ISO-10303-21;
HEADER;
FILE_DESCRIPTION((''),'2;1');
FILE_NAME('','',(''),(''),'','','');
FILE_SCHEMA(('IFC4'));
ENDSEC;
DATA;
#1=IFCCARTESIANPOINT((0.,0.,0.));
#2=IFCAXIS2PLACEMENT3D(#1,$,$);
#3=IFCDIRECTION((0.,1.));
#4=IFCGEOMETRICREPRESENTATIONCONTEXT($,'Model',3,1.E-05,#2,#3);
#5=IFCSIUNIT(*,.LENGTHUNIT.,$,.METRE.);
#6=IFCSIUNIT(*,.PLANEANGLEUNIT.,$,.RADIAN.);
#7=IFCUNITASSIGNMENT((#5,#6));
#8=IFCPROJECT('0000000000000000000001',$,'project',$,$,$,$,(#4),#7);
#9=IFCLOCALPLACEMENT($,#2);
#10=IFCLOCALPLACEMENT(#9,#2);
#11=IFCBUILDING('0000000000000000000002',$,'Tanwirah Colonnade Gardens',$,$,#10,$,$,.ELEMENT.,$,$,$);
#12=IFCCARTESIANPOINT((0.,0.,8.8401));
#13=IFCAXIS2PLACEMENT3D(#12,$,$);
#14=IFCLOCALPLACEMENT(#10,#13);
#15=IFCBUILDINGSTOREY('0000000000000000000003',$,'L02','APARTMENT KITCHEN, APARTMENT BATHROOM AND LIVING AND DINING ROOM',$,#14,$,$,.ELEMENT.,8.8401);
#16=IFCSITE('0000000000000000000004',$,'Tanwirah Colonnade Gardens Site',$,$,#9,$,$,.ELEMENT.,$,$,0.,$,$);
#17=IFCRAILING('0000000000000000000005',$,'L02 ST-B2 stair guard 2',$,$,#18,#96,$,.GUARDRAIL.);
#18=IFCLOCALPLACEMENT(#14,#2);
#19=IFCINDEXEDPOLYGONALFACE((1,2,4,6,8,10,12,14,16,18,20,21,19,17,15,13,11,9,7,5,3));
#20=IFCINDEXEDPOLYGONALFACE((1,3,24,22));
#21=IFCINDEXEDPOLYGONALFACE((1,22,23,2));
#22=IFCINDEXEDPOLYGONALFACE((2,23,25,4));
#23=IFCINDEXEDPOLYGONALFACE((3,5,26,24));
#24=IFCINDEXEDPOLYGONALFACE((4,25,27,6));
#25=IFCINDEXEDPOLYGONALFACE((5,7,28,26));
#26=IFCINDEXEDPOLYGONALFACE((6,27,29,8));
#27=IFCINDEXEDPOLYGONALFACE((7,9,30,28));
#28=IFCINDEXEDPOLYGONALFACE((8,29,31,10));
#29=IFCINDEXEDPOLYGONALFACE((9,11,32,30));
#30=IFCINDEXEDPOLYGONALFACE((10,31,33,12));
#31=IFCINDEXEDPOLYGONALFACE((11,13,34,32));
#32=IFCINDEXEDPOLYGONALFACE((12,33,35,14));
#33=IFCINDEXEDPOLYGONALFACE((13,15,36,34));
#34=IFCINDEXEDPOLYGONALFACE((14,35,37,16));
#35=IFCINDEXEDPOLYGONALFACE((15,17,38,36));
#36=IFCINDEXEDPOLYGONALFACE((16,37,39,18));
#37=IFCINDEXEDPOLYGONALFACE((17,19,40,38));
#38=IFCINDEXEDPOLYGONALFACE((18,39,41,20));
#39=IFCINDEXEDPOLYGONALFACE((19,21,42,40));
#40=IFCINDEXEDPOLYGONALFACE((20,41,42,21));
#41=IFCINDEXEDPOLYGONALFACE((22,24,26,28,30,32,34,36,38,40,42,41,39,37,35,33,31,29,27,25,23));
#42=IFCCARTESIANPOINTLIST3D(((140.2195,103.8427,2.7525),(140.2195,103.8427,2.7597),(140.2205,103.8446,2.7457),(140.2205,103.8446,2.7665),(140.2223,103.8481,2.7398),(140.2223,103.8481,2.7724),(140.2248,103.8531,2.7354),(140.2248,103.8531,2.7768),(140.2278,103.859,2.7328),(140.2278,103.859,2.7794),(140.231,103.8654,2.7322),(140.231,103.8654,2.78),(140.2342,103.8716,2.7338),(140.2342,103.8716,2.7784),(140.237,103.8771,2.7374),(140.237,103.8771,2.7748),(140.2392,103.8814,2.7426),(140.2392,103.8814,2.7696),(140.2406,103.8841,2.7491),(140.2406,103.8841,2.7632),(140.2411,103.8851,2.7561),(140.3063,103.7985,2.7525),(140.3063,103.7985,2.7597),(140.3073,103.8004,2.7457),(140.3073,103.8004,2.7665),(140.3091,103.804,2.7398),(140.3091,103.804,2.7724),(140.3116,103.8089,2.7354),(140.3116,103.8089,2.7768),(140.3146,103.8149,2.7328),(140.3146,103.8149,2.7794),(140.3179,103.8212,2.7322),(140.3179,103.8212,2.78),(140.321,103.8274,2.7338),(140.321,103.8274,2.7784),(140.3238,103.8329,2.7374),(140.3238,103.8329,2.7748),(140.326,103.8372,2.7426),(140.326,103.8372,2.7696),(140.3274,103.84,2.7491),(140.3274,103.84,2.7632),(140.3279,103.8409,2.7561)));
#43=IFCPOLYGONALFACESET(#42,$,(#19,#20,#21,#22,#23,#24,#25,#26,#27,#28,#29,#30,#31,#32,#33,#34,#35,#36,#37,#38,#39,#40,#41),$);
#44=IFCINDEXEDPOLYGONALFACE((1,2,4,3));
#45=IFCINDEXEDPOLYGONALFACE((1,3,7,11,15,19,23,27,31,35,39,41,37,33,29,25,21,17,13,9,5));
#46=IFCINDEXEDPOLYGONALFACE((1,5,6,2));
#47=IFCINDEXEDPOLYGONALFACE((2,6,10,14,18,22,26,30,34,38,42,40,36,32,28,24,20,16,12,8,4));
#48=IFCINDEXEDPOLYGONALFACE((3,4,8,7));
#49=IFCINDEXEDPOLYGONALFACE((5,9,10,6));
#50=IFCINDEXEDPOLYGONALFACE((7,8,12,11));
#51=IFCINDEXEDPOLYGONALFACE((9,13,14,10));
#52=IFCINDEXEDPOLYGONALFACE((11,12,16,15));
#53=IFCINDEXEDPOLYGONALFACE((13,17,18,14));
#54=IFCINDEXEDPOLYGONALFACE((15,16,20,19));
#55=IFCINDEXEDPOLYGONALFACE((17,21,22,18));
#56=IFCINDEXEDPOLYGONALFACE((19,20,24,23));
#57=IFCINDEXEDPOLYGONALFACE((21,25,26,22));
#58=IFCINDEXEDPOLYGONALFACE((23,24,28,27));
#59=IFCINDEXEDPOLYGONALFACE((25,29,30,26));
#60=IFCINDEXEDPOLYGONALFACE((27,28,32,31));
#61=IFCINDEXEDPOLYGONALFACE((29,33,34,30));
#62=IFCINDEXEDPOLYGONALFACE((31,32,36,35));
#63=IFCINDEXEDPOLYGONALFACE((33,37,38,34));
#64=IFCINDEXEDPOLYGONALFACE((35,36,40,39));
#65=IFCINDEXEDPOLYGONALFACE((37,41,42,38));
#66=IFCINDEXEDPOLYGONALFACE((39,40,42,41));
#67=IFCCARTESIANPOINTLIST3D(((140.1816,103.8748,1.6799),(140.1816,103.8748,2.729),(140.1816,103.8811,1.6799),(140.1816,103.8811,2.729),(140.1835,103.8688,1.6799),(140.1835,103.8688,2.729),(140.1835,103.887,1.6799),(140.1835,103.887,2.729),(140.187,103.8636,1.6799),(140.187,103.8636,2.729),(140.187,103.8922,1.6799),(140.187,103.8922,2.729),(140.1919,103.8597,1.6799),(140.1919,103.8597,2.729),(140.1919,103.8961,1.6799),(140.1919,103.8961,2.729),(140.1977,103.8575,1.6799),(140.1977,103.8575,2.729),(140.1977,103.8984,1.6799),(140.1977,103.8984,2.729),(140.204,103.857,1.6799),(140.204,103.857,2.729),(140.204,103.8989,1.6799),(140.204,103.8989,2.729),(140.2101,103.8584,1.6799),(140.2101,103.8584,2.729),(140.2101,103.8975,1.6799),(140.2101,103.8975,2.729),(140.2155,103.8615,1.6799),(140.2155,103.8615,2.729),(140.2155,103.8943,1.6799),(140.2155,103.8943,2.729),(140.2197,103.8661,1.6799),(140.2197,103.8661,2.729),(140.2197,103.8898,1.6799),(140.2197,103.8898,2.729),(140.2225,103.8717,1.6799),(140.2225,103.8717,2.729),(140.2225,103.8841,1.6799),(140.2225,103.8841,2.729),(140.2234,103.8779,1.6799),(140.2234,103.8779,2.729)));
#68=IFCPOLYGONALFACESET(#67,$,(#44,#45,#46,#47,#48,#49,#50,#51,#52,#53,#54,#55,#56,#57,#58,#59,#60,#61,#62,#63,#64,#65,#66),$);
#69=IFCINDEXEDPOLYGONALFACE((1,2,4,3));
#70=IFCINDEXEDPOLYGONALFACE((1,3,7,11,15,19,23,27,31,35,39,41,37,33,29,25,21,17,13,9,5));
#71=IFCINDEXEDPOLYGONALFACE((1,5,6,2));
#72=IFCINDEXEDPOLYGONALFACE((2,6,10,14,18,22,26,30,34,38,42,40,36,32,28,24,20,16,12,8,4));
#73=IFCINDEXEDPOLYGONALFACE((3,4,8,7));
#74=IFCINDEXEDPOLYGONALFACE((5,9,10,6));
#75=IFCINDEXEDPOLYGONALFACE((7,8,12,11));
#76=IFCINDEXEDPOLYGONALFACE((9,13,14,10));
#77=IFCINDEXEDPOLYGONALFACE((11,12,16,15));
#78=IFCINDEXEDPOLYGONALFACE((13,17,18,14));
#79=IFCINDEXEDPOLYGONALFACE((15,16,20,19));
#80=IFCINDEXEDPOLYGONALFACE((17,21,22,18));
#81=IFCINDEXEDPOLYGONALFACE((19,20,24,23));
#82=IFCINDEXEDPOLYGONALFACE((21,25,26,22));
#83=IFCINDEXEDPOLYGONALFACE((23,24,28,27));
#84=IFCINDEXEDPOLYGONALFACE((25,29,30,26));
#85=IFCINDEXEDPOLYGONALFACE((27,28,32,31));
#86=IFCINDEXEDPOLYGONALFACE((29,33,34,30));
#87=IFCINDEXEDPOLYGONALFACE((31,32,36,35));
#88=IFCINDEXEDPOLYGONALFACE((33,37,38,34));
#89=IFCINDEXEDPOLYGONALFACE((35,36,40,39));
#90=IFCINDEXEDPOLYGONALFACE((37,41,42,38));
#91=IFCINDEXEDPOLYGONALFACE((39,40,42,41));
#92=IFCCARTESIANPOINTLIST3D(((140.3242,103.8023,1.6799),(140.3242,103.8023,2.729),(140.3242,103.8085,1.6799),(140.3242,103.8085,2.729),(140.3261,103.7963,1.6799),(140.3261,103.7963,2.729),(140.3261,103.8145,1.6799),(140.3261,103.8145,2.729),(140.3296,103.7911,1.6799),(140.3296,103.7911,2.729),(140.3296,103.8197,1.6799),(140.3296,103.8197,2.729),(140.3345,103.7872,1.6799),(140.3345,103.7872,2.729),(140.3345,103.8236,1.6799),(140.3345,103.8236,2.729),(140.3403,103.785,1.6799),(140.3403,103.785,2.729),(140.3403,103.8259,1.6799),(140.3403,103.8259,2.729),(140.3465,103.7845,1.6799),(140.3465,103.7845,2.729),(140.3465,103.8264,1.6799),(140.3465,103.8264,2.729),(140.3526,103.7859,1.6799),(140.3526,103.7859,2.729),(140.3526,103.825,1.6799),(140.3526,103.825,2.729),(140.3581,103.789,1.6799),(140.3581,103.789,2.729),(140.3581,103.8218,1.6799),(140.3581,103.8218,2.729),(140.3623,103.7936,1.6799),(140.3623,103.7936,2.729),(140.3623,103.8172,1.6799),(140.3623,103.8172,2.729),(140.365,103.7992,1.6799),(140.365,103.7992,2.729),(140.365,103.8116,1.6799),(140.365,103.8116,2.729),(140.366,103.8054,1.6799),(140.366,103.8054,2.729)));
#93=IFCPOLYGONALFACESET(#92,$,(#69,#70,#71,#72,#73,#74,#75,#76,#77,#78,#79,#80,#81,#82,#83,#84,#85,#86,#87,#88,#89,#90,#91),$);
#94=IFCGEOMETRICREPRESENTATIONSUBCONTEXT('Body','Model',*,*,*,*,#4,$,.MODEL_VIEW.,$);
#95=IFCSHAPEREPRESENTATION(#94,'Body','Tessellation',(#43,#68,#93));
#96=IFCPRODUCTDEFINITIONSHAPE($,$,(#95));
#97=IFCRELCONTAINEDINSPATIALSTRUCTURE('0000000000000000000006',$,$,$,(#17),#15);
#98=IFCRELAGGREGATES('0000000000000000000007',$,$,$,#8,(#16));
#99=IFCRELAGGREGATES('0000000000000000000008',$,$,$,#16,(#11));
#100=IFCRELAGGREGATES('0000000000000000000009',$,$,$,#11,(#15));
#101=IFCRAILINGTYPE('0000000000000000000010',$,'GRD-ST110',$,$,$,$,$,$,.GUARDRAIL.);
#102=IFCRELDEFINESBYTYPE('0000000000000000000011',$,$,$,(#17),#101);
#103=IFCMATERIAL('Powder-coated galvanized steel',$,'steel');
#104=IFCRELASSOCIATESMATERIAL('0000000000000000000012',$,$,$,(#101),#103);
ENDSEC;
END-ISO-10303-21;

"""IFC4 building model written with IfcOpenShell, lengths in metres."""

from ifc_helpers import new_model, si_unit, direction, frame, origin, origin_2d, place, context, subcontext, project, spatial, circle, extrude, material, type_object, element, save


model = new_model("IFC4")

# Units and contexts
model_context = context("Model", 3, precision=1e-05, world=origin(), true_north=direction((0.0, 1.0)))
body_context = subcontext(model_context, "Body", "Model", "MODEL_VIEW")
ifc_project = project(units=[si_unit("LENGTHUNIT", "METRE"), si_unit("PLANEANGLEUNIT", "RADIAN")], contexts=[model_context])

# Site, building, storey
site_placement = place(None, origin())
site = spatial("IfcSite", under=ifc_project, at=site_placement, Name="Tanwirah Colonnade Gardens Site", CompositionType="ELEMENT", RefElevation=0.0)
building_placement = place(site_placement, origin())
building = spatial("IfcBuilding", under=site, at=building_placement, Name="Tanwirah Colonnade Gardens", CompositionType="ELEMENT")
storey_placement = place(building_placement, frame((0.0, 0.0, 8.8401)))
storey = spatial("IfcBuildingStorey", under=building, at=storey_placement, Name="L02", Description="APARTMENT KITCHEN, APARTMENT BATHROOM AND LIVING AND DINING ROOM", CompositionType="ELEMENT", Elevation=8.8401)

# Railing
ifc_material_1 = material(Name="Powder-coated galvanized steel", Category="steel")
railing_type_1 = type_object("IfcRailingType", Name="GRD-ST110", PredefinedType="GUARDRAIL", material=ifc_material_1)
railing_1_placement = place(storey_placement, frame((140.2024, 103.8779, 1.6799)))
element("IfcRailing", 1, at=railing_1_placement, inside=storey, type_object=railing_type_1, Name="L02 ST-B2 stair guard 2", PredefinedType="GUARDRAIL", context=body_context, shape_type="SweptSolid", body=[
    extrude(circle(Radius=0.0239, at=origin_2d()), frame((0.0278, -0.0142, 1.0762), z_axis=(0.891354, -0.453308, 0.0), x_axis=(0.453308, 0.891354, 0.0)), (0.0, 0.0, 1.0), 0.0974),
    extrude(circle(Radius=0.021, at=origin_2d()), origin(), (0.0, 0.0, 1.0), 1.0491),
    extrude(circle(Radius=0.021, at=origin_2d()), frame((0.1426, -0.0725, 0.0)), (0.0, 0.0, 1.0), 1.0491),
])

save(model, "model.ifc")
